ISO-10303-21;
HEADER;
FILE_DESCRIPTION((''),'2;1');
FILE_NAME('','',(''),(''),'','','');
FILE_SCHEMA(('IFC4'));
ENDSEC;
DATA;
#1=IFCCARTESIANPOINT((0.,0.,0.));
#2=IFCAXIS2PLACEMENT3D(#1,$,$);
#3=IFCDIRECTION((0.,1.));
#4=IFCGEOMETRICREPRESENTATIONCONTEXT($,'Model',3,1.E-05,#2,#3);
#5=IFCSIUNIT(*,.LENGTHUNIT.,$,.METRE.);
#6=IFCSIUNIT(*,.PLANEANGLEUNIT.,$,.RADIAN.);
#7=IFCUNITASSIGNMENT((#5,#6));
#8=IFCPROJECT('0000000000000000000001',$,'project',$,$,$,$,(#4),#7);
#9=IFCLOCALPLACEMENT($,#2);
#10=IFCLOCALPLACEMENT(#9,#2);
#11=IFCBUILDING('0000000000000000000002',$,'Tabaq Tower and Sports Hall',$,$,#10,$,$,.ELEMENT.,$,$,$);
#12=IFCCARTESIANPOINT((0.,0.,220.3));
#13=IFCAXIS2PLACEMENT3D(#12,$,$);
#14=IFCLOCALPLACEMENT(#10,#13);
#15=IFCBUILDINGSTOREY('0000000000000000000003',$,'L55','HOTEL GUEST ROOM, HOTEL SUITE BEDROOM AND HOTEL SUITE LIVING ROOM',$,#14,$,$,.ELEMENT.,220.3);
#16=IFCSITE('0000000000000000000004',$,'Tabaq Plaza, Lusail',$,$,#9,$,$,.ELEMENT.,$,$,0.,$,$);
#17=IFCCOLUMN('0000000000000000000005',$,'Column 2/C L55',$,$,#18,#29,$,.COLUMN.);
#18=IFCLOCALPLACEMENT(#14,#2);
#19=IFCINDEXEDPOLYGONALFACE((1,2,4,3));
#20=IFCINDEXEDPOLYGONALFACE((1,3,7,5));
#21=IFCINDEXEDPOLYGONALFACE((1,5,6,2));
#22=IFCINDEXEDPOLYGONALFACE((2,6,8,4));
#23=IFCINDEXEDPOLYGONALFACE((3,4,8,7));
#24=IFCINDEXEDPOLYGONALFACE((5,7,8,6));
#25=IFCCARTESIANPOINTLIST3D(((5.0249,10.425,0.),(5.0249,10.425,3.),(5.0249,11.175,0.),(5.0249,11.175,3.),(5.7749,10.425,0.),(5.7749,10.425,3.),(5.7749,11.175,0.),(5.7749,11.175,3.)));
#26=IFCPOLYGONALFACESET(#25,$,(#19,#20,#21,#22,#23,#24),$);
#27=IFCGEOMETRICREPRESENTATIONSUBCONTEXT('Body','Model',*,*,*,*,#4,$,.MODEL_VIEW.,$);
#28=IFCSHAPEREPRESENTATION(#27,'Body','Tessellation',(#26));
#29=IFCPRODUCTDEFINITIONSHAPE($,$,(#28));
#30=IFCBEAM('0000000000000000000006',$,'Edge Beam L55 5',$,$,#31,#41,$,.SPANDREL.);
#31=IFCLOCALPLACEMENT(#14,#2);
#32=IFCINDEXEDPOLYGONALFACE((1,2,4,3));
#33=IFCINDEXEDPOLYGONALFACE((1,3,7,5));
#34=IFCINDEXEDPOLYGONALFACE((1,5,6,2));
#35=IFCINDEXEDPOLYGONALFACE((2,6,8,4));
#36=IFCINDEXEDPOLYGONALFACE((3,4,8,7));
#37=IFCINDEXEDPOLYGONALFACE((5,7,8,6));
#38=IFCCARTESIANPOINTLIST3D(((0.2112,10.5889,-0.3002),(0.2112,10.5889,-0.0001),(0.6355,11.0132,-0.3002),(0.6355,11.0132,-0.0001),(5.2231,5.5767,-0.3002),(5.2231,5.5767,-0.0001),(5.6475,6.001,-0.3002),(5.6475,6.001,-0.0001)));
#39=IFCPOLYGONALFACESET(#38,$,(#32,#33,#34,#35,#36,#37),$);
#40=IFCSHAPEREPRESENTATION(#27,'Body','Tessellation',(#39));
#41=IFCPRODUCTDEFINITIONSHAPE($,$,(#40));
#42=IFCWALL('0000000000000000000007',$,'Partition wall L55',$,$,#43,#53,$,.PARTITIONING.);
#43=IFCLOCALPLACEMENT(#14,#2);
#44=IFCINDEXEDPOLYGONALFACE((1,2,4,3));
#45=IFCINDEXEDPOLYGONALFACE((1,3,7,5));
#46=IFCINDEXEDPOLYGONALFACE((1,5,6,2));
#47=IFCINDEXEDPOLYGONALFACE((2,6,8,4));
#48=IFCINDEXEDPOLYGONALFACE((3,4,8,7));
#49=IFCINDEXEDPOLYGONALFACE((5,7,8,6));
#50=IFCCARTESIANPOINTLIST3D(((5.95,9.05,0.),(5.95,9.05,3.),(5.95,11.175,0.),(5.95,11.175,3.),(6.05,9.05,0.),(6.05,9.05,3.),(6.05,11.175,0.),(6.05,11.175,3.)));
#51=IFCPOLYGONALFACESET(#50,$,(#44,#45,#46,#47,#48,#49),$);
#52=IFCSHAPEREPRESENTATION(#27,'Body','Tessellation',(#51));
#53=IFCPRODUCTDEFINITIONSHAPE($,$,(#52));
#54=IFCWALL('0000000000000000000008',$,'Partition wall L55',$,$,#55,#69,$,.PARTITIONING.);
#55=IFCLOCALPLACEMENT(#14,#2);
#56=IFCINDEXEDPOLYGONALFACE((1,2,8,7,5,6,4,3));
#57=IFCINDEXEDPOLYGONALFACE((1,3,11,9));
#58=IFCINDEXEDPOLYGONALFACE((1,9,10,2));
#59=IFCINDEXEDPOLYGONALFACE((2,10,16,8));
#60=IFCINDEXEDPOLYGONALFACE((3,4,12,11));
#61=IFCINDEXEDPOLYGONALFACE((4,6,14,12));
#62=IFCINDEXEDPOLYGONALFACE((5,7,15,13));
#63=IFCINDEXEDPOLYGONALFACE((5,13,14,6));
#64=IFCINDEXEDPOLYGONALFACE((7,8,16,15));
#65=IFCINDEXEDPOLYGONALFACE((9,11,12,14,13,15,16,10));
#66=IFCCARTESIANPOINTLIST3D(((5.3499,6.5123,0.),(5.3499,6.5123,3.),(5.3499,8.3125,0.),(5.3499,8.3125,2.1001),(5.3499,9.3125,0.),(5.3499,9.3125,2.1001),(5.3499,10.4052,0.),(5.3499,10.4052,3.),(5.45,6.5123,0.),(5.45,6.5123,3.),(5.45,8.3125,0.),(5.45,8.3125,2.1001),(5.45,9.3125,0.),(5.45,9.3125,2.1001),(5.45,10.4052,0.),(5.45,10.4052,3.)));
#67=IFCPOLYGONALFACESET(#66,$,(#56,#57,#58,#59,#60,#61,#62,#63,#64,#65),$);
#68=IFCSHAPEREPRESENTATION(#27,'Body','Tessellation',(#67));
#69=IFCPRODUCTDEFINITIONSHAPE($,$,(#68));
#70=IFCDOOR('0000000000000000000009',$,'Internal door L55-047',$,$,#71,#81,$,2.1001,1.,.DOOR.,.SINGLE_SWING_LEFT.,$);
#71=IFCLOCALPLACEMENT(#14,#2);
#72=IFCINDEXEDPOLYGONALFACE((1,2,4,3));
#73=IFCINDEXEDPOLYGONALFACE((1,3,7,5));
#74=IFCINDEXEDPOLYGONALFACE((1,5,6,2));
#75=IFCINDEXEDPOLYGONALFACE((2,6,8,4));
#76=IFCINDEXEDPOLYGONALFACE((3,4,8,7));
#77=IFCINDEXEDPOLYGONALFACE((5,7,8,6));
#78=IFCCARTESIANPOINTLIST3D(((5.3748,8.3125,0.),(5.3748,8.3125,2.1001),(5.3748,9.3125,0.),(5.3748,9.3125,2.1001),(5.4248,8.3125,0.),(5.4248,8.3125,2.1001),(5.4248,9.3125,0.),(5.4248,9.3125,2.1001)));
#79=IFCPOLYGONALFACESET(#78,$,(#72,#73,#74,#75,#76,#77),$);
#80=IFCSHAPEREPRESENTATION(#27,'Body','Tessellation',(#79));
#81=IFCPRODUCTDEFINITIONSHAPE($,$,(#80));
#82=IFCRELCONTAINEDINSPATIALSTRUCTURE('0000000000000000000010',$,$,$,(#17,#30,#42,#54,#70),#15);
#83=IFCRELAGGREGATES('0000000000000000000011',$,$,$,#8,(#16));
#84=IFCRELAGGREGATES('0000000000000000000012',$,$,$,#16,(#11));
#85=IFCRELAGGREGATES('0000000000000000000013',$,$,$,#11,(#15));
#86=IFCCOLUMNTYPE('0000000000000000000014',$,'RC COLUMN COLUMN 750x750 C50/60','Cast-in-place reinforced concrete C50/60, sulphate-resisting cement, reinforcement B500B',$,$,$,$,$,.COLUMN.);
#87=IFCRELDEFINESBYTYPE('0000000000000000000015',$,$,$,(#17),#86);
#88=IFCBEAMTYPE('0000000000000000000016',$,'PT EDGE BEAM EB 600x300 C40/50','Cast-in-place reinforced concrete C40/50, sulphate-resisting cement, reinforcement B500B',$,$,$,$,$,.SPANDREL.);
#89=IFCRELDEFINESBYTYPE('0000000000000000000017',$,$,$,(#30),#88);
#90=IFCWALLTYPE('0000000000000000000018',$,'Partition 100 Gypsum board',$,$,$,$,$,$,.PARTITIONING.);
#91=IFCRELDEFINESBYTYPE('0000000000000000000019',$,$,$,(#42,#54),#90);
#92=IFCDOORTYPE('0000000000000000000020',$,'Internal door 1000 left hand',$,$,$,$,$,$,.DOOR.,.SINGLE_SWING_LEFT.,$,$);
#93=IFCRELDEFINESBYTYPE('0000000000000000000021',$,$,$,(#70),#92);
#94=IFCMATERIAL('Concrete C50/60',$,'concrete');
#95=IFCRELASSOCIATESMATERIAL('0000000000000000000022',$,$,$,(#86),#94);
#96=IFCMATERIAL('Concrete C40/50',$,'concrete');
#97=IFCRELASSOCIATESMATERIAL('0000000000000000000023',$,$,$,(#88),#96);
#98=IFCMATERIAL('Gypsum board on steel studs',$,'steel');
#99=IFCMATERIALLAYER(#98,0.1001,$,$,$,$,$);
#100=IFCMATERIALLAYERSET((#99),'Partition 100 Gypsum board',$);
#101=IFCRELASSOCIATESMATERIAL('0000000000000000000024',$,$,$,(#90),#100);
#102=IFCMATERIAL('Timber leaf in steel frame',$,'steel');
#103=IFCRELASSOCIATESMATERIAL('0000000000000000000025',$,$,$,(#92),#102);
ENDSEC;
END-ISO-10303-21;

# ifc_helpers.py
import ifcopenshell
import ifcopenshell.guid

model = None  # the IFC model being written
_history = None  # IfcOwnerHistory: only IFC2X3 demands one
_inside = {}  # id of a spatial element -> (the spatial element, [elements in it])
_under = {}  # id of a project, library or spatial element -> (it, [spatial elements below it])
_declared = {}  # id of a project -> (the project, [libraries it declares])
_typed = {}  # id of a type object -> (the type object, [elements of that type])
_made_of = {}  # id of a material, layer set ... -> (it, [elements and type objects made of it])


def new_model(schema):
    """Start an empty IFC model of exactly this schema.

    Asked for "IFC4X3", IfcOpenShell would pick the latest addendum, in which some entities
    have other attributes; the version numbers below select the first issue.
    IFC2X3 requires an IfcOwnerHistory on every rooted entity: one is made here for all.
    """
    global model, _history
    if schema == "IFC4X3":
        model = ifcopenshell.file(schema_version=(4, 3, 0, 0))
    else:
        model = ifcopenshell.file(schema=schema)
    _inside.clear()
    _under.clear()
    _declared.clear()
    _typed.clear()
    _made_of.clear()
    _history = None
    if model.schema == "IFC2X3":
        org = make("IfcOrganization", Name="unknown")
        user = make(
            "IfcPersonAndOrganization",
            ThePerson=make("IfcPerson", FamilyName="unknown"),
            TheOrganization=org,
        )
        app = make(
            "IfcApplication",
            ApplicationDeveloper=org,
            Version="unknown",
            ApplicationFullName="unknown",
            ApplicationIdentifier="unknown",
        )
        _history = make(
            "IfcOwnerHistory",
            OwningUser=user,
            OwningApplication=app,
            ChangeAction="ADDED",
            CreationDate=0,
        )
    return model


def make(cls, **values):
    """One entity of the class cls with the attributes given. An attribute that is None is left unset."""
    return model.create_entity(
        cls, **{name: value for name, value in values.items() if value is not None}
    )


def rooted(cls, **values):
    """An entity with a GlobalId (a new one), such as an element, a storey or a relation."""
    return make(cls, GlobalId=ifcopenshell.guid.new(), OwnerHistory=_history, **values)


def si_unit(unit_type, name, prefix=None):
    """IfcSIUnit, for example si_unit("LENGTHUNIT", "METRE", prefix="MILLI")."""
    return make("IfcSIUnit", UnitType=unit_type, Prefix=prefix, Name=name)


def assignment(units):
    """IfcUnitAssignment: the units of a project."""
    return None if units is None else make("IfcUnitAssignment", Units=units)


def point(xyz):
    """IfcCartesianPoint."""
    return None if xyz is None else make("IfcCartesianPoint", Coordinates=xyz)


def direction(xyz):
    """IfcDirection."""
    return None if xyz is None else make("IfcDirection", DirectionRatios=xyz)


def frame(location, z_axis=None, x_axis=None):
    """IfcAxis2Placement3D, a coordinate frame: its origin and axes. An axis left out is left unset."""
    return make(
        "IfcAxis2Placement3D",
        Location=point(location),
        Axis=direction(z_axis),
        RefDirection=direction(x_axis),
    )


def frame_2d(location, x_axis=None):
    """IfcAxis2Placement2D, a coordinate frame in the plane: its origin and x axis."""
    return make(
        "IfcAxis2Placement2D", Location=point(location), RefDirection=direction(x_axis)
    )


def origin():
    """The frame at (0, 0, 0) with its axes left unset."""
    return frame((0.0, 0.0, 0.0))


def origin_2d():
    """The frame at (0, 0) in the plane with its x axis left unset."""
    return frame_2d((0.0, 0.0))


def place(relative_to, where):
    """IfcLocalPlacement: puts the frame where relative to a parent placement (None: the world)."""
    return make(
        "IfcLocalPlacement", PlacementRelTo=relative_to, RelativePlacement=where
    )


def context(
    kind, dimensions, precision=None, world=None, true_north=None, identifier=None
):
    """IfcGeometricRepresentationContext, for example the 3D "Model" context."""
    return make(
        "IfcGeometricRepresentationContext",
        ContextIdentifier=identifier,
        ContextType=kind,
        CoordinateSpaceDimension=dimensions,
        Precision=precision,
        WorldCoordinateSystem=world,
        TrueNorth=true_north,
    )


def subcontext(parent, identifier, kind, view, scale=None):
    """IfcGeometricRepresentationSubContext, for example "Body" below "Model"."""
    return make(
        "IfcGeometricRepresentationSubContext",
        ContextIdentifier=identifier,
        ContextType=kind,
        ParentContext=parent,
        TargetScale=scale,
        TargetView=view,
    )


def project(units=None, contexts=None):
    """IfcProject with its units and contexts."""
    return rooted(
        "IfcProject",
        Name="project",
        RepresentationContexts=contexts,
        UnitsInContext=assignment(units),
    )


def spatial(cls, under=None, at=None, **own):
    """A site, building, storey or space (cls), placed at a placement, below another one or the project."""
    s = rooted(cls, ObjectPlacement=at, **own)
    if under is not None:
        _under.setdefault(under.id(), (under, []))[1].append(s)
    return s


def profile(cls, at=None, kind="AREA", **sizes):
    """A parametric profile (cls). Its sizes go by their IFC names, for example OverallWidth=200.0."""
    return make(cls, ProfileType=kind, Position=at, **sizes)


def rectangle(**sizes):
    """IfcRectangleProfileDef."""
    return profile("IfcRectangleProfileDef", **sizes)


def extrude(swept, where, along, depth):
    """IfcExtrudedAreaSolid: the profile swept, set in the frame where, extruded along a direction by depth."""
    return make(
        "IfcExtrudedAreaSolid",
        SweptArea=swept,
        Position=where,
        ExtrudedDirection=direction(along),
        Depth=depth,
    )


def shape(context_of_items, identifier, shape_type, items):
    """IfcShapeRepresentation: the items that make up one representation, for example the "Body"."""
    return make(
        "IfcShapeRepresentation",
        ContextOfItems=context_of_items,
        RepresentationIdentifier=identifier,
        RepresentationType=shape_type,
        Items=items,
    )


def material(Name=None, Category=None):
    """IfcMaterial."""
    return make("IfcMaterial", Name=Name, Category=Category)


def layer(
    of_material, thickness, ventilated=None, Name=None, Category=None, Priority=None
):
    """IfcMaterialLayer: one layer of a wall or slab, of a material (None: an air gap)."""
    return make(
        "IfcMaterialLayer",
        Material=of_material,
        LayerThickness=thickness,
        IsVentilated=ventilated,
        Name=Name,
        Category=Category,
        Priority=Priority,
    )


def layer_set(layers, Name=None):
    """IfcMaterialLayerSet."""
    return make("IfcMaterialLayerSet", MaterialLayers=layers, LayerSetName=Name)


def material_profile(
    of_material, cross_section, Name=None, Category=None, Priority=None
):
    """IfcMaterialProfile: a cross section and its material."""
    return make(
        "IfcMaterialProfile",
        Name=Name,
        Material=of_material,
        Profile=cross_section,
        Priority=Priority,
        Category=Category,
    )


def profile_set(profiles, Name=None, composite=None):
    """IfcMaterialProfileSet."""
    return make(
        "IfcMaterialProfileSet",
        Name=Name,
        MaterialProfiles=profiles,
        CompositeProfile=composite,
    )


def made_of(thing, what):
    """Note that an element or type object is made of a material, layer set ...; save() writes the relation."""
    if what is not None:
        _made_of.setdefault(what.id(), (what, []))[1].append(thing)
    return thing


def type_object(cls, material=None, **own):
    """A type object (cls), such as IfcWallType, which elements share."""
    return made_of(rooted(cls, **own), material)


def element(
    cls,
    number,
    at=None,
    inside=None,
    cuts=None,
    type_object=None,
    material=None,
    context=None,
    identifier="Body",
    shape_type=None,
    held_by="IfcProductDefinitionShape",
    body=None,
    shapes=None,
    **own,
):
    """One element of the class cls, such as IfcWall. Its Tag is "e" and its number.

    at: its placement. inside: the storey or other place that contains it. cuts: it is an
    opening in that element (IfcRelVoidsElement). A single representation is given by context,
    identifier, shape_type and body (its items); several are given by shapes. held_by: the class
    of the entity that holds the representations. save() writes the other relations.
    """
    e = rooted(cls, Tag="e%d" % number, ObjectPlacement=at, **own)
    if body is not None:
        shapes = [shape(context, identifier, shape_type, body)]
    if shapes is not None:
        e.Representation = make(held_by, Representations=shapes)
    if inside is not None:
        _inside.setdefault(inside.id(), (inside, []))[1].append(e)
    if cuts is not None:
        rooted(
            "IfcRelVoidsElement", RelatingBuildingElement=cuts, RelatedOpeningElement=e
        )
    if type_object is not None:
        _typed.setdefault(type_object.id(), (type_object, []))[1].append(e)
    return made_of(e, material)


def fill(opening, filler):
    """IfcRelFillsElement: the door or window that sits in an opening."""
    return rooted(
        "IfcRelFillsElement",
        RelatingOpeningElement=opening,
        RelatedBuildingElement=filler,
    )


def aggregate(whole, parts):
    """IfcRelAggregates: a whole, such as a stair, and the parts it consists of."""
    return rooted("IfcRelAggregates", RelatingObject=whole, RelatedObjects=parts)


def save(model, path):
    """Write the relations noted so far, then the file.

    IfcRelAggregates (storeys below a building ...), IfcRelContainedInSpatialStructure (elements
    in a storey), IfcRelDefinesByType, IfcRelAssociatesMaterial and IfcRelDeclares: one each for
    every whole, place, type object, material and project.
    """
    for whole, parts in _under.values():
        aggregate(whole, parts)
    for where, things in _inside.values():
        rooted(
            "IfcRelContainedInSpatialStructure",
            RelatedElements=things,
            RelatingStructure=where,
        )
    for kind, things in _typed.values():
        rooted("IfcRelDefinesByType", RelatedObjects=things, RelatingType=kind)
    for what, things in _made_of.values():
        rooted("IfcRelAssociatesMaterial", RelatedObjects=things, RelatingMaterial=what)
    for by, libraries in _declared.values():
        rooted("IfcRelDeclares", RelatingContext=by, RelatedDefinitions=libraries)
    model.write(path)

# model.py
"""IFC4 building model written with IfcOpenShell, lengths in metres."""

from ifc_helpers import new_model, si_unit, direction, frame, frame_2d, origin, origin_2d, place, context, subcontext, project, spatial, rectangle, extrude, material, layer, layer_set, material_profile, profile_set, type_object, element, fill, save


model = new_model("IFC4")

# Units and contexts
model_context = context("Model", 3, precision=1e-05, world=origin(), true_north=direction((0.0, 1.0)))
body_context = subcontext(model_context, "Body", "Model", "MODEL_VIEW")
ifc_project = project(units=[si_unit("LENGTHUNIT", "METRE"), si_unit("PLANEANGLEUNIT", "RADIAN")], contexts=[model_context])

# Site, building, storey
site_placement = place(None, origin())
site = spatial("IfcSite", under=ifc_project, at=site_placement, Name="Tabaq Plaza, Lusail", CompositionType="ELEMENT", RefElevation=0.0)
building_placement = place(site_placement, origin())
building = spatial("IfcBuilding", under=site, at=building_placement, Name="Tabaq Tower and Sports Hall", CompositionType="ELEMENT")
storey_placement = place(building_placement, frame((0.0, 0.0, 220.3)))
storey = spatial("IfcBuildingStorey", under=building, at=storey_placement, Name="L55", Description="HOTEL GUEST ROOM, HOTEL SUITE BEDROOM AND HOTEL SUITE LIVING ROOM", CompositionType="ELEMENT", Elevation=220.3)

# Column
ifc_material_1 = material(Name="Concrete C50/60", Category="concrete")
ifc_material_profile_1 = material_profile(ifc_material_1, rectangle(XDim=0.75, YDim=0.75, at=origin_2d()), Name="COLUMN 750x750")
ifc_profile_set_1 = profile_set([ifc_material_profile_1], Name="Concrete C50/60")
column_type = type_object("IfcColumnType", Name="RC COLUMN COLUMN 750x750 C50/60", Description="Cast-in-place reinforced concrete C50/60, sulphate-resisting cement, reinforcement B500B", PredefinedType="COLUMN", material=ifc_profile_set_1)
column_placement = place(storey_placement, frame((5.3999, 10.8, 0.0), z_axis=(0.0, 0.0, 1.0), x_axis=(1.0, 0.0, 0.0)))
element("IfcColumn", 1, at=column_placement, inside=storey, type_object=column_type, Name="Column 2/C L55", PredefinedType="COLUMN", context=body_context, shape_type="SweptSolid", body=[
    extrude(rectangle(XDim=0.75, YDim=0.75, at=origin_2d()), origin(), (0.0, 0.0, 1.0), 3.0),
])

# Beam
ifc_material_2 = material(Name="Concrete C40/50", Category="concrete")
ifc_material_profile_2 = material_profile(ifc_material_2, rectangle(XDim=0.6001, YDim=0.3, at=origin_2d()), Name="EB 600x300")
ifc_profile_set_2 = profile_set([ifc_material_profile_2], Name="Concrete C40/50")
beam_type = type_object("IfcBeamType", Name="PT EDGE BEAM EB 600x300 C40/50", Description="Cast-in-place reinforced concrete C40/50, sulphate-resisting cement, reinforcement B500B", PredefinedType="SPANDREL", material=ifc_profile_set_2)
beam_placement = place(storey_placement, frame((0.4233, 10.801, -0.1501), z_axis=(0.70709, -0.707124, 0.0), x_axis=(0.707124, 0.70709, 0.0)))
element("IfcBeam", 2, at=beam_placement, inside=storey, type_object=beam_type, Name="Edge Beam L55 5", PredefinedType="SPANDREL", context=body_context, shape_type="SweptSolid", body=[
    extrude(rectangle(XDim=0.6001, YDim=0.3, at=origin_2d()), origin(), (0.0, 0.0, 1.0), 7.0881),
])

# Wall
ifc_material_3 = material(Name="Gypsum board on steel studs", Category="steel")
ifc_layer_1 = layer(ifc_material_3, 0.1001)
ifc_layer_set_1 = layer_set([ifc_layer_1], Name="Partition 100 Gypsum board")
wall_type_1 = type_object("IfcWallType", Name="Partition 100 Gypsum board", PredefinedType="PARTITIONING", material=ifc_layer_set_1)
wall_1_placement = place(storey_placement, frame((6.0, 9.05, 0.0), z_axis=(0.0, 0.0, 1.0), x_axis=(0.0, 1.0, 0.0)))
element("IfcWall", 3, at=wall_1_placement, inside=storey, type_object=wall_type_1, Name="Partition wall L55", PredefinedType="PARTITIONING", context=body_context, shape_type="SweptSolid", body=[
    extrude(rectangle(XDim=2.125, YDim=0.1001, at=frame_2d((1.0625, 0.0))), origin(), (0.0, 0.0, 1.0), 3.0),
])

# Wall, opening, door
wall_2_placement = place(storey_placement, frame((5.3999, 10.405, 0.0), z_axis=(0.0, 0.0, 1.0), x_axis=(0.0, -1.0, 0.0)))
wall_2 = element("IfcWall", 4, at=wall_2_placement, inside=storey, type_object=wall_type_1, Name="Partition wall L55", PredefinedType="PARTITIONING", context=body_context, shape_type="SweptSolid", body=[
    extrude(rectangle(XDim=3.8928, YDim=0.1001, at=frame_2d((1.9463, 0.0))), origin(), (0.0, 0.0, 1.0), 3.0),
])
opening_1_placement = place(wall_2_placement, frame((1.0925, 0.0, 0.0)))
opening_1 = element("IfcOpeningElement", 5, at=opening_1_placement, cuts=wall_2, PredefinedType="OPENING", context=body_context, shape_type="SweptSolid", body=[
    extrude(rectangle(XDim=1.0, YDim=2.1001, at=frame_2d((0.5, 1.05))), frame((0.0, 0.05, 0.0), z_axis=(0.0, -1.0, 0.0), x_axis=(1.0, 0.0, 0.0)), (0.0, 0.0, 1.0), 0.1001),
])
ifc_material_4 = material(Name="Timber leaf in steel frame", Category="steel")
door_type_1 = type_object("IfcDoorType", Name="Internal door 1000 left hand", OperationType="SINGLE_SWING_LEFT", PredefinedType="DOOR", material=ifc_material_4)
door_1_placement = place(opening_1_placement, origin())
door_1 = element("IfcDoor", 6, at=door_1_placement, inside=storey, type_object=door_type_1, Name="Internal door L55-047", OperationType="SINGLE_SWING_LEFT", OverallHeight=2.1001, OverallWidth=1.0, PredefinedType="DOOR", context=body_context, shape_type="SweptSolid", body=[
    extrude(rectangle(XDim=1.0, YDim=2.1001, at=frame_2d((0.5, 1.05))), frame((0.0, 0.0249, 0.0), z_axis=(0.0, -1.0, 0.0), x_axis=(1.0, 0.0, 0.0)), (0.0, 0.0, 1.0), 0.05),
])
fill(opening_1, door_1)

save(model, "model.ifc")
